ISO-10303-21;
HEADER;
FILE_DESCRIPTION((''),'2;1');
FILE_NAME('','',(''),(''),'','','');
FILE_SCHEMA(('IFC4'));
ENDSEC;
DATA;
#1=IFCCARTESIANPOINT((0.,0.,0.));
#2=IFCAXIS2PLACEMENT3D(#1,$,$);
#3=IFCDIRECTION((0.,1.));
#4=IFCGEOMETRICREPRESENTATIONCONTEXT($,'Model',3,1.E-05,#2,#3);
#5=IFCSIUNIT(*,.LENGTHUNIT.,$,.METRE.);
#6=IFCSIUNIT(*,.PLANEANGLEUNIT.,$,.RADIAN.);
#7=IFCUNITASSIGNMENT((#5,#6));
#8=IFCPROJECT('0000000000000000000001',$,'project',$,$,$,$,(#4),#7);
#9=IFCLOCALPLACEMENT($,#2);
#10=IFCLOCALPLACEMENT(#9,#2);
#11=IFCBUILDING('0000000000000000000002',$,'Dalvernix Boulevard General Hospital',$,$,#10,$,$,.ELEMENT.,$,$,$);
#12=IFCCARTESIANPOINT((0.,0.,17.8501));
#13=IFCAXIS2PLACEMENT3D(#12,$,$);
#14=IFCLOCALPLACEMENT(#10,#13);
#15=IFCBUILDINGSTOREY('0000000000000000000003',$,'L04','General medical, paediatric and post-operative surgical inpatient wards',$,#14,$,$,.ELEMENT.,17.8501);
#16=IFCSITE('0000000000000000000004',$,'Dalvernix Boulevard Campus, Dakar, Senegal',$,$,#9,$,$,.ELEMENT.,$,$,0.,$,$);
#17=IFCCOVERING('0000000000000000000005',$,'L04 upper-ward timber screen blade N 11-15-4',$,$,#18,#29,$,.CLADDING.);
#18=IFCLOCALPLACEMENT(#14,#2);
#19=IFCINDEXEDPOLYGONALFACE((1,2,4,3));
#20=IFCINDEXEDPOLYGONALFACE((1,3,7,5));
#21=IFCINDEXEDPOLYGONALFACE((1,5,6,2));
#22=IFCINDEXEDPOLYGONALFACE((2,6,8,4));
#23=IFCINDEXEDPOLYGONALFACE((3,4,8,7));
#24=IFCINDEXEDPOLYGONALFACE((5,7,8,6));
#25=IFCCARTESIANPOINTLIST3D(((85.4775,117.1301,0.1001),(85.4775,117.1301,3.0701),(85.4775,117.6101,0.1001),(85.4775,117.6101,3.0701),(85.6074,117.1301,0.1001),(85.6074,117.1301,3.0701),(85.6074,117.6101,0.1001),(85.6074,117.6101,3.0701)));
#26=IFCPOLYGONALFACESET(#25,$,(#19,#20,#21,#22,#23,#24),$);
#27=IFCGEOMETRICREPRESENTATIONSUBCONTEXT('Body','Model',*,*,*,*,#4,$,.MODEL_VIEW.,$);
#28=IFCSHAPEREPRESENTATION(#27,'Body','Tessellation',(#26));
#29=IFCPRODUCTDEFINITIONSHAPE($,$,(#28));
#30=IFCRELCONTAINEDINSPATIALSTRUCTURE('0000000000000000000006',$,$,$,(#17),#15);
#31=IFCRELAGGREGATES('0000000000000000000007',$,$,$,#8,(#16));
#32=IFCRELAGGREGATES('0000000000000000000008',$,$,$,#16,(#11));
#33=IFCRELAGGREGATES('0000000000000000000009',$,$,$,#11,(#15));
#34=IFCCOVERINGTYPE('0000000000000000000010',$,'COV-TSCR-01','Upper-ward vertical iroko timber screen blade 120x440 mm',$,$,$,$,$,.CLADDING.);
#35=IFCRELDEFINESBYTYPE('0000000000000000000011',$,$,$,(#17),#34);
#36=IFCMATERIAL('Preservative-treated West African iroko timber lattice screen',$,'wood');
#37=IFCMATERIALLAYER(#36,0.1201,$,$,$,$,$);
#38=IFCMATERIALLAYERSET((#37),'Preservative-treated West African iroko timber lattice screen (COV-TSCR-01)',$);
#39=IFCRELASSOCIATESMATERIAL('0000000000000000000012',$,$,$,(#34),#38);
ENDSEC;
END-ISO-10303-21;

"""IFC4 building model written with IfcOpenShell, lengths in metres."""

from ifc_helpers import new_model, si_unit, direction, frame, origin, origin_2d, place, context, subcontext, project, spatial, rectangle, extrude, material, layer, layer_set, type_object, element, save


model = new_model("IFC4")

# Units and contexts
model_context = context("Model", 3, precision=1e-05, world=origin(), true_north=direction((0.0, 1.0)))
body_context = subcontext(model_context, "Body", "Model", "MODEL_VIEW")
ifc_project = project(units=[si_unit("LENGTHUNIT", "METRE"), si_unit("PLANEANGLEUNIT", "RADIAN")], contexts=[model_context])

# Site, building, storey
site_placement = place(None, origin())
site = spatial("IfcSite", under=ifc_project, at=site_placement, Name="Dalvernix Boulevard Campus, Dakar, Senegal", CompositionType="ELEMENT", RefElevation=0.0)
building_placement = place(site_placement, origin())
building = spatial("IfcBuilding", under=site, at=building_placement, Name="Dalvernix Boulevard General Hospital", CompositionType="ELEMENT")
storey_placement = place(building_placement, frame((0.0, 0.0, 17.8501)))
storey = spatial("IfcBuildingStorey", under=building, at=storey_placement, Name="L04", Description="General medical, paediatric and post-operative surgical inpatient wards", CompositionType="ELEMENT", Elevation=17.8501)

# Covering
ifc_material_1 = material(Name="Preservative-treated West African iroko timber lattice screen", Category="wood")
ifc_layer_1 = layer(ifc_material_1, 0.1201)
ifc_layer_set_1 = layer_set([ifc_layer_1], Name="Preservative-treated West African iroko timber lattice screen (COV-TSCR-01)")
covering_type_1 = type_object("IfcCoveringType", Name="COV-TSCR-01", Description="Upper-ward vertical iroko timber screen blade 120x440 mm", PredefinedType="CLADDING", material=ifc_layer_set_1)
for number, where, z_axis, x_axis, name in (
    (1, (85.5425, 117.3701, 0.1001), (0.0, 0.0, 1.0), (1.0, 0.0, 0.0), "L04 upper-ward timber screen blade N 11-15-4"),
):
    element("IfcCovering", number, at=place(storey_placement, frame(where, z_axis=z_axis, x_axis=x_axis)), inside=storey, type_object=covering_type_1, Name=name, PredefinedType="CLADDING", context=body_context, shape_type="SweptSolid", body=[
        extrude(rectangle(XDim=0.1299, YDim=0.48, at=origin_2d()), origin(), (0.0, 0.0, 1.0), 2.97),
    ])

save(model, "model.ifc")
